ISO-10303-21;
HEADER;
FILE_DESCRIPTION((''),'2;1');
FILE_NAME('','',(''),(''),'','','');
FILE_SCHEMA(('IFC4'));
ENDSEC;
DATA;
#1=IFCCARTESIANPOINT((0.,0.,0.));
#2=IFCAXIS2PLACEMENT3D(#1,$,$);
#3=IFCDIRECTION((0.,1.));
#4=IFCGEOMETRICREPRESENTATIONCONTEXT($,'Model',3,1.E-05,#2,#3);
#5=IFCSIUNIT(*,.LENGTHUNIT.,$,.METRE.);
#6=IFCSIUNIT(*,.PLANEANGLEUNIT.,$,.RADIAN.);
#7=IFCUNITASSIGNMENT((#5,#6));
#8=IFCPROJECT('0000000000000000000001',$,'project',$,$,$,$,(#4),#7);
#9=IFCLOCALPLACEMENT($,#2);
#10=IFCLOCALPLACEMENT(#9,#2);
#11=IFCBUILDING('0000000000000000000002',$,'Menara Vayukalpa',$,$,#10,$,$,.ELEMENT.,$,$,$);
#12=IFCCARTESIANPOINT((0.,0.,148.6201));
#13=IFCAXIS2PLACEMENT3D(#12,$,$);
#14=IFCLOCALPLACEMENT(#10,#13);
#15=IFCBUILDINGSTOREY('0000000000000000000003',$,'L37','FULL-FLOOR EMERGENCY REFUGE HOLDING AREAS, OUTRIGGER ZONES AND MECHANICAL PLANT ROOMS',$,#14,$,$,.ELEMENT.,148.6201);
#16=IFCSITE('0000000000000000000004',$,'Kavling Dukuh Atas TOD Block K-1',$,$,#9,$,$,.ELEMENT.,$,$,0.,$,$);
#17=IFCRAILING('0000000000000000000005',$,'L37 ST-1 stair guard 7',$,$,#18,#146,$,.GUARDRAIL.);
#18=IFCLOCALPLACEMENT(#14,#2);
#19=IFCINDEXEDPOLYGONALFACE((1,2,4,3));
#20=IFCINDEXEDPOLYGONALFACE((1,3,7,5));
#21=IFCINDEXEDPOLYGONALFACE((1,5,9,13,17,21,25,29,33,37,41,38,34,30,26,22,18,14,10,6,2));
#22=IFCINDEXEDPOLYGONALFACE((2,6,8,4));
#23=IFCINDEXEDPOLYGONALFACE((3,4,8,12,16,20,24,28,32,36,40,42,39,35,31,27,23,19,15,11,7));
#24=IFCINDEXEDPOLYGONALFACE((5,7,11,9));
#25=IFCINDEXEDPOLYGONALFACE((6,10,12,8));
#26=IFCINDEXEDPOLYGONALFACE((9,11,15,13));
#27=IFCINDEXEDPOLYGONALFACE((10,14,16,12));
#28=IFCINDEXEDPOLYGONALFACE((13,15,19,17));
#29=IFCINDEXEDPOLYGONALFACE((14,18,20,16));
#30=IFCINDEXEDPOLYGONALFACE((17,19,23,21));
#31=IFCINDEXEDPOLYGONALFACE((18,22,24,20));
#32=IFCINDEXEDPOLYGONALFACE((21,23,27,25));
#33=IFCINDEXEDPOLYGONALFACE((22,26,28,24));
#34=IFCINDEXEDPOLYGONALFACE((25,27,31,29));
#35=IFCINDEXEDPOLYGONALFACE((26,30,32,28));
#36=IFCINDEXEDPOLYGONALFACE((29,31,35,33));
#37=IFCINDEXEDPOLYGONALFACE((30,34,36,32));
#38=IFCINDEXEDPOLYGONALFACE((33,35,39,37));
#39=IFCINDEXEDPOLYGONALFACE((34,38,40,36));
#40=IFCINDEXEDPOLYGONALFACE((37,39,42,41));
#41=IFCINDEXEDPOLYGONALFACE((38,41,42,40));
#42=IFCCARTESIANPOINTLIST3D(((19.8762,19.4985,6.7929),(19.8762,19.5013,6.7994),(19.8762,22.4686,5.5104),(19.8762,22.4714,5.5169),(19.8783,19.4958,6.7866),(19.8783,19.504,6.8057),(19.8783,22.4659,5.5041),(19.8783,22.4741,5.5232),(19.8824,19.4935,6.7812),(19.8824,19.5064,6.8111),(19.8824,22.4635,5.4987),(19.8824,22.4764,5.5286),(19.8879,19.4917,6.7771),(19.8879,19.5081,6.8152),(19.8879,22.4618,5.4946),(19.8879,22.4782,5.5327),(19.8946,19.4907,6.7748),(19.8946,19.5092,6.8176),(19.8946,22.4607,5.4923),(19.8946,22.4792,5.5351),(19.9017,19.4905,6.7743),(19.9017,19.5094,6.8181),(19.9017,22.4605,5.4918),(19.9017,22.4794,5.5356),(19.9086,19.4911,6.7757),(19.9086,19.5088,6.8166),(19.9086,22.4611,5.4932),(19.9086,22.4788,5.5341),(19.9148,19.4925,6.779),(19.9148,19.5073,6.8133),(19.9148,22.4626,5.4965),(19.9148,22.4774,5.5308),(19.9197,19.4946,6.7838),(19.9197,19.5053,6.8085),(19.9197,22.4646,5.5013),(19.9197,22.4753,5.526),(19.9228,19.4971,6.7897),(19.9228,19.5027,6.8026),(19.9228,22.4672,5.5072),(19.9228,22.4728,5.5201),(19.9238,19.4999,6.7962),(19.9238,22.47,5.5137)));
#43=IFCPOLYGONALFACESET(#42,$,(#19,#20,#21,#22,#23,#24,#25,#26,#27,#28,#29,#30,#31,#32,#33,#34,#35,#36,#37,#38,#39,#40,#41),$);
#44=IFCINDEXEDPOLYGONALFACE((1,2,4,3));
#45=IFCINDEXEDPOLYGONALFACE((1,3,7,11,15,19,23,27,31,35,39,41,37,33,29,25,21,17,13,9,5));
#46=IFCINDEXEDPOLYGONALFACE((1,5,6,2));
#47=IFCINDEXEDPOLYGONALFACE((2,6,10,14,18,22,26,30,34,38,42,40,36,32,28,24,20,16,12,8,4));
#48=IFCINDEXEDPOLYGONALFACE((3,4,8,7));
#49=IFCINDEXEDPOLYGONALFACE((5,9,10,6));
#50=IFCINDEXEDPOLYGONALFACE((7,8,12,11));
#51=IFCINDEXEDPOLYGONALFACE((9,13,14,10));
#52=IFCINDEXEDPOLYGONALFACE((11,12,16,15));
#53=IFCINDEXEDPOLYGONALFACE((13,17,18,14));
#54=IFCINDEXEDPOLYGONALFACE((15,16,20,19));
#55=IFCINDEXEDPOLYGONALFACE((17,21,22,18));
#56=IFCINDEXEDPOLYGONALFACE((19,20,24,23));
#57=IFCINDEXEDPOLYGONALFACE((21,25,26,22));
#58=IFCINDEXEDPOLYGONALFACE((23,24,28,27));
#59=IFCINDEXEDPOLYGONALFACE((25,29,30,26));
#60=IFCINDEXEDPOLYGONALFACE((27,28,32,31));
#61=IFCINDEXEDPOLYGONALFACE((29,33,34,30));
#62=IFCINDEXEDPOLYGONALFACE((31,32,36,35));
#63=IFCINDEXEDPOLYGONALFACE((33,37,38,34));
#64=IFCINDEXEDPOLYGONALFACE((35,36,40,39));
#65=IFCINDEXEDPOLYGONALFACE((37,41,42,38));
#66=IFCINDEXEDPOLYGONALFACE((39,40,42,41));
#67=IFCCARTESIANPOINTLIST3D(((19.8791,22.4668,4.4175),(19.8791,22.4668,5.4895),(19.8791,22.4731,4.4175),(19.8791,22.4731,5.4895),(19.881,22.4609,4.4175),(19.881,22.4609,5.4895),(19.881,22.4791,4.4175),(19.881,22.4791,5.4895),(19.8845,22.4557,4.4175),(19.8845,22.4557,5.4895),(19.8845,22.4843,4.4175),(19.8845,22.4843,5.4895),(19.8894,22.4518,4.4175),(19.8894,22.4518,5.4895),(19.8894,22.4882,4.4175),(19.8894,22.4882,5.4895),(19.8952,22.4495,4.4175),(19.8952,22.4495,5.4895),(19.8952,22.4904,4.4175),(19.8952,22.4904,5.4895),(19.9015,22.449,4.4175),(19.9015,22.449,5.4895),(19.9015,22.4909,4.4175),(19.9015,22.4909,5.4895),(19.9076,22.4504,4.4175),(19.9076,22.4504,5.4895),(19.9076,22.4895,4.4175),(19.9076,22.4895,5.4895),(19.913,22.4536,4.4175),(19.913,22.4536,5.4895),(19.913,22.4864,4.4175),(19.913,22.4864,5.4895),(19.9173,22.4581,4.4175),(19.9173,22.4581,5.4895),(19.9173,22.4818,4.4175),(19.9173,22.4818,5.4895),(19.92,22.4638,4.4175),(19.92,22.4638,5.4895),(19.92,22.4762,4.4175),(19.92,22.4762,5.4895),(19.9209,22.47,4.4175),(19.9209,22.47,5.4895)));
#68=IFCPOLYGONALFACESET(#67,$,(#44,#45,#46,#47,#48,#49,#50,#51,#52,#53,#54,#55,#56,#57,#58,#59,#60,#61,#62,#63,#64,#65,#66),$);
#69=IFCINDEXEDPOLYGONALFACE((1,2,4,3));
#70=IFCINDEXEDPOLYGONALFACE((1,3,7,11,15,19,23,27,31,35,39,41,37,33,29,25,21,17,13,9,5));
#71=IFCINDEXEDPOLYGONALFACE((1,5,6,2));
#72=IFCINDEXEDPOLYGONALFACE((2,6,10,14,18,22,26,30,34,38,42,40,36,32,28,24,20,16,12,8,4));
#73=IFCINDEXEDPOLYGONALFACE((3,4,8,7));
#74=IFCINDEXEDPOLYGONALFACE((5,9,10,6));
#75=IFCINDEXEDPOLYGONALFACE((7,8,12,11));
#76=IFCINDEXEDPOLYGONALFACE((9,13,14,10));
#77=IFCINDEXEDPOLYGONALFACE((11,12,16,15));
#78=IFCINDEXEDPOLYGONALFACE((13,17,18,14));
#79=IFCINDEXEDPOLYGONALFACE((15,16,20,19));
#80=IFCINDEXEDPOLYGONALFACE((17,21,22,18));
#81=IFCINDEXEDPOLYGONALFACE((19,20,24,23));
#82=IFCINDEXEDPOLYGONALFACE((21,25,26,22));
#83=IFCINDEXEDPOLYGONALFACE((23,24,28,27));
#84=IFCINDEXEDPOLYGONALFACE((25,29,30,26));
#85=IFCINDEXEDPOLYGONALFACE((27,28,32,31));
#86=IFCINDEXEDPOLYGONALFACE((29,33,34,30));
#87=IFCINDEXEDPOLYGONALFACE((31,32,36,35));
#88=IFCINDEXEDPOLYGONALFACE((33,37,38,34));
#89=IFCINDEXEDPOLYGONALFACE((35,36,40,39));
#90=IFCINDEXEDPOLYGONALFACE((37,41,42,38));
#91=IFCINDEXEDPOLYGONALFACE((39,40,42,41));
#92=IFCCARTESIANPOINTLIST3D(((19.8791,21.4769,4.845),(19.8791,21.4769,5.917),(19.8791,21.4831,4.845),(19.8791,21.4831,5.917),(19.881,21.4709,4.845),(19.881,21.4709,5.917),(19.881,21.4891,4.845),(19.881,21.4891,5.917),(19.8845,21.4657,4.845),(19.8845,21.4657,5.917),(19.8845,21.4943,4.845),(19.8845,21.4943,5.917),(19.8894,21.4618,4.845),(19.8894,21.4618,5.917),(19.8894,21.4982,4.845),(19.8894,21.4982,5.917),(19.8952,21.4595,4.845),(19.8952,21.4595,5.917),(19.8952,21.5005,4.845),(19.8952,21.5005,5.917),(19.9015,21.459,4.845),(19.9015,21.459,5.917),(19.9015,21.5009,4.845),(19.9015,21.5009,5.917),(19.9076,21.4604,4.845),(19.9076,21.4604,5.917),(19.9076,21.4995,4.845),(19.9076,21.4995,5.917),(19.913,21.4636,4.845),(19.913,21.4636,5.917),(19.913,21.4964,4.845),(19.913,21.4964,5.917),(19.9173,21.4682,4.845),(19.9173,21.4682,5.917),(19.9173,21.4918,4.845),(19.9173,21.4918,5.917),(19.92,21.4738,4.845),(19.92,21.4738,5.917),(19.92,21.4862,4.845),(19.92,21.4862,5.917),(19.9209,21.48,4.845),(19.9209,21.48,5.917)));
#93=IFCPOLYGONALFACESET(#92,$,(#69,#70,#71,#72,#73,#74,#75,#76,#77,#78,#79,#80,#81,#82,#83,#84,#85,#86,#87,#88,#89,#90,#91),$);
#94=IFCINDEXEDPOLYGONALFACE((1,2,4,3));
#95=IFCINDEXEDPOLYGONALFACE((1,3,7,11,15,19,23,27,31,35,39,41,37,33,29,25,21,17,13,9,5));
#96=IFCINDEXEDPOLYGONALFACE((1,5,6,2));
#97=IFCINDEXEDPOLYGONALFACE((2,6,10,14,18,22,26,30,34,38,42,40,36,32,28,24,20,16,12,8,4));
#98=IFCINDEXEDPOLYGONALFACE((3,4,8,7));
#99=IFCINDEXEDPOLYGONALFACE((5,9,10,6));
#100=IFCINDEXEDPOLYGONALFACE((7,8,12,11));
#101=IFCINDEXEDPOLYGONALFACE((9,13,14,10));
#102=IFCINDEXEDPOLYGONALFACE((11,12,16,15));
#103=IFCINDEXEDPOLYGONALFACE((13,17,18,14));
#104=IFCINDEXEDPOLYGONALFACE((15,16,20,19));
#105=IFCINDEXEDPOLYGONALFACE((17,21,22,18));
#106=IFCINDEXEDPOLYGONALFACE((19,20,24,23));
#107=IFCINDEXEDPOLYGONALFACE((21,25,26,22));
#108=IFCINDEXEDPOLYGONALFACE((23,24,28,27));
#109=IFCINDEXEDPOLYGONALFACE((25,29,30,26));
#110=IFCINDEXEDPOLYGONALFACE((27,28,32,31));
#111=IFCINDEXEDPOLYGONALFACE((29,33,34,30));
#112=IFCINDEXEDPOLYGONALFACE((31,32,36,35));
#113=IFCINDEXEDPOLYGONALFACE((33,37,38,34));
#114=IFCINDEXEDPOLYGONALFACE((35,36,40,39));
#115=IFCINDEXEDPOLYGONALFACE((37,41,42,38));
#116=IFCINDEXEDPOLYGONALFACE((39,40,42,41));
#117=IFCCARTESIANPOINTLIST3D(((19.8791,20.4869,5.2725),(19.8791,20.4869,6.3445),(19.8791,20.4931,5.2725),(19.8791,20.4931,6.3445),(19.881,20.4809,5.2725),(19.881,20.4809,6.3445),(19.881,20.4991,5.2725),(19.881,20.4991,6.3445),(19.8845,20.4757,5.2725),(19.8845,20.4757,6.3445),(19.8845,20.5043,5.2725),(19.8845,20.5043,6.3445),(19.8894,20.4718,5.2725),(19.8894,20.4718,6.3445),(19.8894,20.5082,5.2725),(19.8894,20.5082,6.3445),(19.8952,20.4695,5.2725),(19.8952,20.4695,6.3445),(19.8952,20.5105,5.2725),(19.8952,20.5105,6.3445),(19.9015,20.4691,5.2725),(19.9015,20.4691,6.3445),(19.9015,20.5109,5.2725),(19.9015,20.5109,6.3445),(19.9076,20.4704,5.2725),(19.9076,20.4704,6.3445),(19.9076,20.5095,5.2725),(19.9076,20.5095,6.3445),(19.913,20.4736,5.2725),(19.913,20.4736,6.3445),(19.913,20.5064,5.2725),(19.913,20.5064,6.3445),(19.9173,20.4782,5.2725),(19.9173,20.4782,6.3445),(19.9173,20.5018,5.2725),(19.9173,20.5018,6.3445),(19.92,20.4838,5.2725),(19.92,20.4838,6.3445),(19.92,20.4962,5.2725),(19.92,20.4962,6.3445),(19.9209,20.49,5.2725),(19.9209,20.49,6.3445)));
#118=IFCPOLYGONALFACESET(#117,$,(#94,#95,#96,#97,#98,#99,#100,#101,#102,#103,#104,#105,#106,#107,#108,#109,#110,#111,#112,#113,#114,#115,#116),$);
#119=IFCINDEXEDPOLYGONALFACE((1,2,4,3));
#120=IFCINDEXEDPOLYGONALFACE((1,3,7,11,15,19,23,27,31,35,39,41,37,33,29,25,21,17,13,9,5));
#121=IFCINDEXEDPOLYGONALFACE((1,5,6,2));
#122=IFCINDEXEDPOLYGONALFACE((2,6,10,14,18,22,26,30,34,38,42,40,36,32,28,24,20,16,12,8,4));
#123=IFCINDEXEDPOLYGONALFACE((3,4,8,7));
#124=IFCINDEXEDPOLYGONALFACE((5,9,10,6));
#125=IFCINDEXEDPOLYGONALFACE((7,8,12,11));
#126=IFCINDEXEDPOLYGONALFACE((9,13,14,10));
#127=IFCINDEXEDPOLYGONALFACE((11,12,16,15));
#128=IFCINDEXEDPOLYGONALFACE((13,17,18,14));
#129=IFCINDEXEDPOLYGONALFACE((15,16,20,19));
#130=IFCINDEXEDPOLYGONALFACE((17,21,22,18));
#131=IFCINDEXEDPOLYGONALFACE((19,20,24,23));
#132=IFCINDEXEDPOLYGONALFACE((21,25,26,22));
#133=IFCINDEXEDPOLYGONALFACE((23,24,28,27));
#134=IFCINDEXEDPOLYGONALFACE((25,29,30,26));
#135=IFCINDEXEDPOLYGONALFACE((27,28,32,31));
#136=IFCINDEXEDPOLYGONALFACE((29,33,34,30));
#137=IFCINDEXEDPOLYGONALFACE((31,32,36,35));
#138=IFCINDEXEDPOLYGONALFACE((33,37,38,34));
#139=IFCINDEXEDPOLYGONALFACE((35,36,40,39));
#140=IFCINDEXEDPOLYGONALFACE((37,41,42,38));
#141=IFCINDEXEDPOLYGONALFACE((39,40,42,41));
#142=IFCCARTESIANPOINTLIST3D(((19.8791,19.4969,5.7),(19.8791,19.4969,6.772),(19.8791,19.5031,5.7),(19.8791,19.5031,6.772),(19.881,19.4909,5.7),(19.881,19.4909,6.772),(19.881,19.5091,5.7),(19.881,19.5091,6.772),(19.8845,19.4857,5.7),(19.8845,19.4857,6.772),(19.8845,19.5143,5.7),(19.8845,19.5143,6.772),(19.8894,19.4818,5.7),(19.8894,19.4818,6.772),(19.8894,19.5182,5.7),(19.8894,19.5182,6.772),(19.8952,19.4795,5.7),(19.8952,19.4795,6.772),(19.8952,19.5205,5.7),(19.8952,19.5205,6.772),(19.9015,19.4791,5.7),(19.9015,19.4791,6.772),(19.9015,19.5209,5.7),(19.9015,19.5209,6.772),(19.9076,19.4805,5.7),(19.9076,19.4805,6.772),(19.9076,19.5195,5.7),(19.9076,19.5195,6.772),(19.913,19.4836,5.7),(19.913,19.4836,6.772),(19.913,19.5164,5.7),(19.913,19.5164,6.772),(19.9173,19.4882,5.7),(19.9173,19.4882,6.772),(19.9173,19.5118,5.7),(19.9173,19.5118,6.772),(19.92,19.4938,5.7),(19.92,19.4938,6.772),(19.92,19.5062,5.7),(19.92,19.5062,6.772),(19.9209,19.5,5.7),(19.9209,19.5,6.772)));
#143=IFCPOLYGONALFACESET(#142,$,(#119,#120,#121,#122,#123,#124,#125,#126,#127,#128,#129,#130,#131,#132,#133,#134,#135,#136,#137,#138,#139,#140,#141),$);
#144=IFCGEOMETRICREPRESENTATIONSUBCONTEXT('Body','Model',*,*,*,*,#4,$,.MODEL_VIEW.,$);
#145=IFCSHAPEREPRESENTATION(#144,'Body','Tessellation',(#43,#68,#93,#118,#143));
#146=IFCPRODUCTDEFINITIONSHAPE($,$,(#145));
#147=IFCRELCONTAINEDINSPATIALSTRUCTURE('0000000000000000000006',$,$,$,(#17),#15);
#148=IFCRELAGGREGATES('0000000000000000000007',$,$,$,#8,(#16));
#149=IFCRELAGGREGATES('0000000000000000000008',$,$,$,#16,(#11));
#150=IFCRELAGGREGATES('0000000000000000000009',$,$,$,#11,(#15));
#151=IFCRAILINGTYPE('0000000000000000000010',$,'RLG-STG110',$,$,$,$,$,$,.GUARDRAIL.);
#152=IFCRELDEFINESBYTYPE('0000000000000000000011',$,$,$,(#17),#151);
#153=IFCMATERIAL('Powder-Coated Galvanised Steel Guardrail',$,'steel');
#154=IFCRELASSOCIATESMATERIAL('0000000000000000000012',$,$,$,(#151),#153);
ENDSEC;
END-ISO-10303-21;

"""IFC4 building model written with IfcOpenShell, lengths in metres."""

from ifc_helpers import new_model, si_unit, direction, frame, origin, origin_2d, place, context, subcontext, project, spatial, circle, extrude, material, type_object, element, save


model = new_model("IFC4")

# Units and contexts
model_context = context("Model", 3, precision=1e-05, world=origin(), true_north=direction((0.0, 1.0)))
body_context = subcontext(model_context, "Body", "Model", "MODEL_VIEW")
ifc_project = project(units=[si_unit("LENGTHUNIT", "METRE"), si_unit("PLANEANGLEUNIT", "RADIAN")], contexts=[model_context])

# Site, building, storey
site_placement = place(None, origin())
site = spatial("IfcSite", under=ifc_project, at=site_placement, Name="Kavling Dukuh Atas TOD Block K-1", CompositionType="ELEMENT", RefElevation=0.0)
building_placement = place(site_placement, origin())
building = spatial("IfcBuilding", under=site, at=building_placement, Name="Menara Vayukalpa", CompositionType="ELEMENT")
storey_placement = place(building_placement, frame((0.0, 0.0, 148.6201)))
storey = spatial("IfcBuildingStorey", under=building, at=storey_placement, Name="L37", Description="FULL-FLOOR EMERGENCY REFUGE HOLDING AREAS, OUTRIGGER ZONES AND MECHANICAL PLANT ROOMS", CompositionType="ELEMENT", Elevation=148.6201)

# Railing
ifc_material_1 = material(Name="Powder-Coated Galvanised Steel Guardrail", Category="steel")
railing_type_1 = type_object("IfcRailingType", Name="RLG-STG110", PredefinedType="GUARDRAIL", material=ifc_material_1)
railing_1_placement = place(storey_placement, frame((19.8999, 22.47, 4.4175)))
element("IfcRailing", 1, at=railing_1_placement, inside=storey, type_object=railing_type_1, Name="L37 ST-1 stair guard 7", PredefinedType="GUARDRAIL", context=body_context, shape_type="SweptSolid", body=[
    extrude(circle(Radius=0.0239, at=origin_2d()), frame((0.0, 0.0, 1.0962), z_axis=(0.0, -0.918064, 0.396432), x_axis=(1.0, 0.0, 0.0)), (0.0, 0.0, 1.0), 3.2351),
    extrude(circle(Radius=0.021, at=origin_2d()), origin(), (0.0, 0.0, 1.0), 1.072),
    extrude(circle(Radius=0.021, at=origin_2d()), frame((0.0, -0.99, 0.4275)), (0.0, 0.0, 1.0), 1.072),
    extrude(circle(Radius=0.021, at=origin_2d()), frame((0.0, -1.98, 0.855)), (0.0, 0.0, 1.0), 1.072),
    extrude(circle(Radius=0.021, at=origin_2d()), frame((0.0, -2.97, 1.2825)), (0.0, 0.0, 1.0), 1.072),
])

save(model, "model.ifc")
